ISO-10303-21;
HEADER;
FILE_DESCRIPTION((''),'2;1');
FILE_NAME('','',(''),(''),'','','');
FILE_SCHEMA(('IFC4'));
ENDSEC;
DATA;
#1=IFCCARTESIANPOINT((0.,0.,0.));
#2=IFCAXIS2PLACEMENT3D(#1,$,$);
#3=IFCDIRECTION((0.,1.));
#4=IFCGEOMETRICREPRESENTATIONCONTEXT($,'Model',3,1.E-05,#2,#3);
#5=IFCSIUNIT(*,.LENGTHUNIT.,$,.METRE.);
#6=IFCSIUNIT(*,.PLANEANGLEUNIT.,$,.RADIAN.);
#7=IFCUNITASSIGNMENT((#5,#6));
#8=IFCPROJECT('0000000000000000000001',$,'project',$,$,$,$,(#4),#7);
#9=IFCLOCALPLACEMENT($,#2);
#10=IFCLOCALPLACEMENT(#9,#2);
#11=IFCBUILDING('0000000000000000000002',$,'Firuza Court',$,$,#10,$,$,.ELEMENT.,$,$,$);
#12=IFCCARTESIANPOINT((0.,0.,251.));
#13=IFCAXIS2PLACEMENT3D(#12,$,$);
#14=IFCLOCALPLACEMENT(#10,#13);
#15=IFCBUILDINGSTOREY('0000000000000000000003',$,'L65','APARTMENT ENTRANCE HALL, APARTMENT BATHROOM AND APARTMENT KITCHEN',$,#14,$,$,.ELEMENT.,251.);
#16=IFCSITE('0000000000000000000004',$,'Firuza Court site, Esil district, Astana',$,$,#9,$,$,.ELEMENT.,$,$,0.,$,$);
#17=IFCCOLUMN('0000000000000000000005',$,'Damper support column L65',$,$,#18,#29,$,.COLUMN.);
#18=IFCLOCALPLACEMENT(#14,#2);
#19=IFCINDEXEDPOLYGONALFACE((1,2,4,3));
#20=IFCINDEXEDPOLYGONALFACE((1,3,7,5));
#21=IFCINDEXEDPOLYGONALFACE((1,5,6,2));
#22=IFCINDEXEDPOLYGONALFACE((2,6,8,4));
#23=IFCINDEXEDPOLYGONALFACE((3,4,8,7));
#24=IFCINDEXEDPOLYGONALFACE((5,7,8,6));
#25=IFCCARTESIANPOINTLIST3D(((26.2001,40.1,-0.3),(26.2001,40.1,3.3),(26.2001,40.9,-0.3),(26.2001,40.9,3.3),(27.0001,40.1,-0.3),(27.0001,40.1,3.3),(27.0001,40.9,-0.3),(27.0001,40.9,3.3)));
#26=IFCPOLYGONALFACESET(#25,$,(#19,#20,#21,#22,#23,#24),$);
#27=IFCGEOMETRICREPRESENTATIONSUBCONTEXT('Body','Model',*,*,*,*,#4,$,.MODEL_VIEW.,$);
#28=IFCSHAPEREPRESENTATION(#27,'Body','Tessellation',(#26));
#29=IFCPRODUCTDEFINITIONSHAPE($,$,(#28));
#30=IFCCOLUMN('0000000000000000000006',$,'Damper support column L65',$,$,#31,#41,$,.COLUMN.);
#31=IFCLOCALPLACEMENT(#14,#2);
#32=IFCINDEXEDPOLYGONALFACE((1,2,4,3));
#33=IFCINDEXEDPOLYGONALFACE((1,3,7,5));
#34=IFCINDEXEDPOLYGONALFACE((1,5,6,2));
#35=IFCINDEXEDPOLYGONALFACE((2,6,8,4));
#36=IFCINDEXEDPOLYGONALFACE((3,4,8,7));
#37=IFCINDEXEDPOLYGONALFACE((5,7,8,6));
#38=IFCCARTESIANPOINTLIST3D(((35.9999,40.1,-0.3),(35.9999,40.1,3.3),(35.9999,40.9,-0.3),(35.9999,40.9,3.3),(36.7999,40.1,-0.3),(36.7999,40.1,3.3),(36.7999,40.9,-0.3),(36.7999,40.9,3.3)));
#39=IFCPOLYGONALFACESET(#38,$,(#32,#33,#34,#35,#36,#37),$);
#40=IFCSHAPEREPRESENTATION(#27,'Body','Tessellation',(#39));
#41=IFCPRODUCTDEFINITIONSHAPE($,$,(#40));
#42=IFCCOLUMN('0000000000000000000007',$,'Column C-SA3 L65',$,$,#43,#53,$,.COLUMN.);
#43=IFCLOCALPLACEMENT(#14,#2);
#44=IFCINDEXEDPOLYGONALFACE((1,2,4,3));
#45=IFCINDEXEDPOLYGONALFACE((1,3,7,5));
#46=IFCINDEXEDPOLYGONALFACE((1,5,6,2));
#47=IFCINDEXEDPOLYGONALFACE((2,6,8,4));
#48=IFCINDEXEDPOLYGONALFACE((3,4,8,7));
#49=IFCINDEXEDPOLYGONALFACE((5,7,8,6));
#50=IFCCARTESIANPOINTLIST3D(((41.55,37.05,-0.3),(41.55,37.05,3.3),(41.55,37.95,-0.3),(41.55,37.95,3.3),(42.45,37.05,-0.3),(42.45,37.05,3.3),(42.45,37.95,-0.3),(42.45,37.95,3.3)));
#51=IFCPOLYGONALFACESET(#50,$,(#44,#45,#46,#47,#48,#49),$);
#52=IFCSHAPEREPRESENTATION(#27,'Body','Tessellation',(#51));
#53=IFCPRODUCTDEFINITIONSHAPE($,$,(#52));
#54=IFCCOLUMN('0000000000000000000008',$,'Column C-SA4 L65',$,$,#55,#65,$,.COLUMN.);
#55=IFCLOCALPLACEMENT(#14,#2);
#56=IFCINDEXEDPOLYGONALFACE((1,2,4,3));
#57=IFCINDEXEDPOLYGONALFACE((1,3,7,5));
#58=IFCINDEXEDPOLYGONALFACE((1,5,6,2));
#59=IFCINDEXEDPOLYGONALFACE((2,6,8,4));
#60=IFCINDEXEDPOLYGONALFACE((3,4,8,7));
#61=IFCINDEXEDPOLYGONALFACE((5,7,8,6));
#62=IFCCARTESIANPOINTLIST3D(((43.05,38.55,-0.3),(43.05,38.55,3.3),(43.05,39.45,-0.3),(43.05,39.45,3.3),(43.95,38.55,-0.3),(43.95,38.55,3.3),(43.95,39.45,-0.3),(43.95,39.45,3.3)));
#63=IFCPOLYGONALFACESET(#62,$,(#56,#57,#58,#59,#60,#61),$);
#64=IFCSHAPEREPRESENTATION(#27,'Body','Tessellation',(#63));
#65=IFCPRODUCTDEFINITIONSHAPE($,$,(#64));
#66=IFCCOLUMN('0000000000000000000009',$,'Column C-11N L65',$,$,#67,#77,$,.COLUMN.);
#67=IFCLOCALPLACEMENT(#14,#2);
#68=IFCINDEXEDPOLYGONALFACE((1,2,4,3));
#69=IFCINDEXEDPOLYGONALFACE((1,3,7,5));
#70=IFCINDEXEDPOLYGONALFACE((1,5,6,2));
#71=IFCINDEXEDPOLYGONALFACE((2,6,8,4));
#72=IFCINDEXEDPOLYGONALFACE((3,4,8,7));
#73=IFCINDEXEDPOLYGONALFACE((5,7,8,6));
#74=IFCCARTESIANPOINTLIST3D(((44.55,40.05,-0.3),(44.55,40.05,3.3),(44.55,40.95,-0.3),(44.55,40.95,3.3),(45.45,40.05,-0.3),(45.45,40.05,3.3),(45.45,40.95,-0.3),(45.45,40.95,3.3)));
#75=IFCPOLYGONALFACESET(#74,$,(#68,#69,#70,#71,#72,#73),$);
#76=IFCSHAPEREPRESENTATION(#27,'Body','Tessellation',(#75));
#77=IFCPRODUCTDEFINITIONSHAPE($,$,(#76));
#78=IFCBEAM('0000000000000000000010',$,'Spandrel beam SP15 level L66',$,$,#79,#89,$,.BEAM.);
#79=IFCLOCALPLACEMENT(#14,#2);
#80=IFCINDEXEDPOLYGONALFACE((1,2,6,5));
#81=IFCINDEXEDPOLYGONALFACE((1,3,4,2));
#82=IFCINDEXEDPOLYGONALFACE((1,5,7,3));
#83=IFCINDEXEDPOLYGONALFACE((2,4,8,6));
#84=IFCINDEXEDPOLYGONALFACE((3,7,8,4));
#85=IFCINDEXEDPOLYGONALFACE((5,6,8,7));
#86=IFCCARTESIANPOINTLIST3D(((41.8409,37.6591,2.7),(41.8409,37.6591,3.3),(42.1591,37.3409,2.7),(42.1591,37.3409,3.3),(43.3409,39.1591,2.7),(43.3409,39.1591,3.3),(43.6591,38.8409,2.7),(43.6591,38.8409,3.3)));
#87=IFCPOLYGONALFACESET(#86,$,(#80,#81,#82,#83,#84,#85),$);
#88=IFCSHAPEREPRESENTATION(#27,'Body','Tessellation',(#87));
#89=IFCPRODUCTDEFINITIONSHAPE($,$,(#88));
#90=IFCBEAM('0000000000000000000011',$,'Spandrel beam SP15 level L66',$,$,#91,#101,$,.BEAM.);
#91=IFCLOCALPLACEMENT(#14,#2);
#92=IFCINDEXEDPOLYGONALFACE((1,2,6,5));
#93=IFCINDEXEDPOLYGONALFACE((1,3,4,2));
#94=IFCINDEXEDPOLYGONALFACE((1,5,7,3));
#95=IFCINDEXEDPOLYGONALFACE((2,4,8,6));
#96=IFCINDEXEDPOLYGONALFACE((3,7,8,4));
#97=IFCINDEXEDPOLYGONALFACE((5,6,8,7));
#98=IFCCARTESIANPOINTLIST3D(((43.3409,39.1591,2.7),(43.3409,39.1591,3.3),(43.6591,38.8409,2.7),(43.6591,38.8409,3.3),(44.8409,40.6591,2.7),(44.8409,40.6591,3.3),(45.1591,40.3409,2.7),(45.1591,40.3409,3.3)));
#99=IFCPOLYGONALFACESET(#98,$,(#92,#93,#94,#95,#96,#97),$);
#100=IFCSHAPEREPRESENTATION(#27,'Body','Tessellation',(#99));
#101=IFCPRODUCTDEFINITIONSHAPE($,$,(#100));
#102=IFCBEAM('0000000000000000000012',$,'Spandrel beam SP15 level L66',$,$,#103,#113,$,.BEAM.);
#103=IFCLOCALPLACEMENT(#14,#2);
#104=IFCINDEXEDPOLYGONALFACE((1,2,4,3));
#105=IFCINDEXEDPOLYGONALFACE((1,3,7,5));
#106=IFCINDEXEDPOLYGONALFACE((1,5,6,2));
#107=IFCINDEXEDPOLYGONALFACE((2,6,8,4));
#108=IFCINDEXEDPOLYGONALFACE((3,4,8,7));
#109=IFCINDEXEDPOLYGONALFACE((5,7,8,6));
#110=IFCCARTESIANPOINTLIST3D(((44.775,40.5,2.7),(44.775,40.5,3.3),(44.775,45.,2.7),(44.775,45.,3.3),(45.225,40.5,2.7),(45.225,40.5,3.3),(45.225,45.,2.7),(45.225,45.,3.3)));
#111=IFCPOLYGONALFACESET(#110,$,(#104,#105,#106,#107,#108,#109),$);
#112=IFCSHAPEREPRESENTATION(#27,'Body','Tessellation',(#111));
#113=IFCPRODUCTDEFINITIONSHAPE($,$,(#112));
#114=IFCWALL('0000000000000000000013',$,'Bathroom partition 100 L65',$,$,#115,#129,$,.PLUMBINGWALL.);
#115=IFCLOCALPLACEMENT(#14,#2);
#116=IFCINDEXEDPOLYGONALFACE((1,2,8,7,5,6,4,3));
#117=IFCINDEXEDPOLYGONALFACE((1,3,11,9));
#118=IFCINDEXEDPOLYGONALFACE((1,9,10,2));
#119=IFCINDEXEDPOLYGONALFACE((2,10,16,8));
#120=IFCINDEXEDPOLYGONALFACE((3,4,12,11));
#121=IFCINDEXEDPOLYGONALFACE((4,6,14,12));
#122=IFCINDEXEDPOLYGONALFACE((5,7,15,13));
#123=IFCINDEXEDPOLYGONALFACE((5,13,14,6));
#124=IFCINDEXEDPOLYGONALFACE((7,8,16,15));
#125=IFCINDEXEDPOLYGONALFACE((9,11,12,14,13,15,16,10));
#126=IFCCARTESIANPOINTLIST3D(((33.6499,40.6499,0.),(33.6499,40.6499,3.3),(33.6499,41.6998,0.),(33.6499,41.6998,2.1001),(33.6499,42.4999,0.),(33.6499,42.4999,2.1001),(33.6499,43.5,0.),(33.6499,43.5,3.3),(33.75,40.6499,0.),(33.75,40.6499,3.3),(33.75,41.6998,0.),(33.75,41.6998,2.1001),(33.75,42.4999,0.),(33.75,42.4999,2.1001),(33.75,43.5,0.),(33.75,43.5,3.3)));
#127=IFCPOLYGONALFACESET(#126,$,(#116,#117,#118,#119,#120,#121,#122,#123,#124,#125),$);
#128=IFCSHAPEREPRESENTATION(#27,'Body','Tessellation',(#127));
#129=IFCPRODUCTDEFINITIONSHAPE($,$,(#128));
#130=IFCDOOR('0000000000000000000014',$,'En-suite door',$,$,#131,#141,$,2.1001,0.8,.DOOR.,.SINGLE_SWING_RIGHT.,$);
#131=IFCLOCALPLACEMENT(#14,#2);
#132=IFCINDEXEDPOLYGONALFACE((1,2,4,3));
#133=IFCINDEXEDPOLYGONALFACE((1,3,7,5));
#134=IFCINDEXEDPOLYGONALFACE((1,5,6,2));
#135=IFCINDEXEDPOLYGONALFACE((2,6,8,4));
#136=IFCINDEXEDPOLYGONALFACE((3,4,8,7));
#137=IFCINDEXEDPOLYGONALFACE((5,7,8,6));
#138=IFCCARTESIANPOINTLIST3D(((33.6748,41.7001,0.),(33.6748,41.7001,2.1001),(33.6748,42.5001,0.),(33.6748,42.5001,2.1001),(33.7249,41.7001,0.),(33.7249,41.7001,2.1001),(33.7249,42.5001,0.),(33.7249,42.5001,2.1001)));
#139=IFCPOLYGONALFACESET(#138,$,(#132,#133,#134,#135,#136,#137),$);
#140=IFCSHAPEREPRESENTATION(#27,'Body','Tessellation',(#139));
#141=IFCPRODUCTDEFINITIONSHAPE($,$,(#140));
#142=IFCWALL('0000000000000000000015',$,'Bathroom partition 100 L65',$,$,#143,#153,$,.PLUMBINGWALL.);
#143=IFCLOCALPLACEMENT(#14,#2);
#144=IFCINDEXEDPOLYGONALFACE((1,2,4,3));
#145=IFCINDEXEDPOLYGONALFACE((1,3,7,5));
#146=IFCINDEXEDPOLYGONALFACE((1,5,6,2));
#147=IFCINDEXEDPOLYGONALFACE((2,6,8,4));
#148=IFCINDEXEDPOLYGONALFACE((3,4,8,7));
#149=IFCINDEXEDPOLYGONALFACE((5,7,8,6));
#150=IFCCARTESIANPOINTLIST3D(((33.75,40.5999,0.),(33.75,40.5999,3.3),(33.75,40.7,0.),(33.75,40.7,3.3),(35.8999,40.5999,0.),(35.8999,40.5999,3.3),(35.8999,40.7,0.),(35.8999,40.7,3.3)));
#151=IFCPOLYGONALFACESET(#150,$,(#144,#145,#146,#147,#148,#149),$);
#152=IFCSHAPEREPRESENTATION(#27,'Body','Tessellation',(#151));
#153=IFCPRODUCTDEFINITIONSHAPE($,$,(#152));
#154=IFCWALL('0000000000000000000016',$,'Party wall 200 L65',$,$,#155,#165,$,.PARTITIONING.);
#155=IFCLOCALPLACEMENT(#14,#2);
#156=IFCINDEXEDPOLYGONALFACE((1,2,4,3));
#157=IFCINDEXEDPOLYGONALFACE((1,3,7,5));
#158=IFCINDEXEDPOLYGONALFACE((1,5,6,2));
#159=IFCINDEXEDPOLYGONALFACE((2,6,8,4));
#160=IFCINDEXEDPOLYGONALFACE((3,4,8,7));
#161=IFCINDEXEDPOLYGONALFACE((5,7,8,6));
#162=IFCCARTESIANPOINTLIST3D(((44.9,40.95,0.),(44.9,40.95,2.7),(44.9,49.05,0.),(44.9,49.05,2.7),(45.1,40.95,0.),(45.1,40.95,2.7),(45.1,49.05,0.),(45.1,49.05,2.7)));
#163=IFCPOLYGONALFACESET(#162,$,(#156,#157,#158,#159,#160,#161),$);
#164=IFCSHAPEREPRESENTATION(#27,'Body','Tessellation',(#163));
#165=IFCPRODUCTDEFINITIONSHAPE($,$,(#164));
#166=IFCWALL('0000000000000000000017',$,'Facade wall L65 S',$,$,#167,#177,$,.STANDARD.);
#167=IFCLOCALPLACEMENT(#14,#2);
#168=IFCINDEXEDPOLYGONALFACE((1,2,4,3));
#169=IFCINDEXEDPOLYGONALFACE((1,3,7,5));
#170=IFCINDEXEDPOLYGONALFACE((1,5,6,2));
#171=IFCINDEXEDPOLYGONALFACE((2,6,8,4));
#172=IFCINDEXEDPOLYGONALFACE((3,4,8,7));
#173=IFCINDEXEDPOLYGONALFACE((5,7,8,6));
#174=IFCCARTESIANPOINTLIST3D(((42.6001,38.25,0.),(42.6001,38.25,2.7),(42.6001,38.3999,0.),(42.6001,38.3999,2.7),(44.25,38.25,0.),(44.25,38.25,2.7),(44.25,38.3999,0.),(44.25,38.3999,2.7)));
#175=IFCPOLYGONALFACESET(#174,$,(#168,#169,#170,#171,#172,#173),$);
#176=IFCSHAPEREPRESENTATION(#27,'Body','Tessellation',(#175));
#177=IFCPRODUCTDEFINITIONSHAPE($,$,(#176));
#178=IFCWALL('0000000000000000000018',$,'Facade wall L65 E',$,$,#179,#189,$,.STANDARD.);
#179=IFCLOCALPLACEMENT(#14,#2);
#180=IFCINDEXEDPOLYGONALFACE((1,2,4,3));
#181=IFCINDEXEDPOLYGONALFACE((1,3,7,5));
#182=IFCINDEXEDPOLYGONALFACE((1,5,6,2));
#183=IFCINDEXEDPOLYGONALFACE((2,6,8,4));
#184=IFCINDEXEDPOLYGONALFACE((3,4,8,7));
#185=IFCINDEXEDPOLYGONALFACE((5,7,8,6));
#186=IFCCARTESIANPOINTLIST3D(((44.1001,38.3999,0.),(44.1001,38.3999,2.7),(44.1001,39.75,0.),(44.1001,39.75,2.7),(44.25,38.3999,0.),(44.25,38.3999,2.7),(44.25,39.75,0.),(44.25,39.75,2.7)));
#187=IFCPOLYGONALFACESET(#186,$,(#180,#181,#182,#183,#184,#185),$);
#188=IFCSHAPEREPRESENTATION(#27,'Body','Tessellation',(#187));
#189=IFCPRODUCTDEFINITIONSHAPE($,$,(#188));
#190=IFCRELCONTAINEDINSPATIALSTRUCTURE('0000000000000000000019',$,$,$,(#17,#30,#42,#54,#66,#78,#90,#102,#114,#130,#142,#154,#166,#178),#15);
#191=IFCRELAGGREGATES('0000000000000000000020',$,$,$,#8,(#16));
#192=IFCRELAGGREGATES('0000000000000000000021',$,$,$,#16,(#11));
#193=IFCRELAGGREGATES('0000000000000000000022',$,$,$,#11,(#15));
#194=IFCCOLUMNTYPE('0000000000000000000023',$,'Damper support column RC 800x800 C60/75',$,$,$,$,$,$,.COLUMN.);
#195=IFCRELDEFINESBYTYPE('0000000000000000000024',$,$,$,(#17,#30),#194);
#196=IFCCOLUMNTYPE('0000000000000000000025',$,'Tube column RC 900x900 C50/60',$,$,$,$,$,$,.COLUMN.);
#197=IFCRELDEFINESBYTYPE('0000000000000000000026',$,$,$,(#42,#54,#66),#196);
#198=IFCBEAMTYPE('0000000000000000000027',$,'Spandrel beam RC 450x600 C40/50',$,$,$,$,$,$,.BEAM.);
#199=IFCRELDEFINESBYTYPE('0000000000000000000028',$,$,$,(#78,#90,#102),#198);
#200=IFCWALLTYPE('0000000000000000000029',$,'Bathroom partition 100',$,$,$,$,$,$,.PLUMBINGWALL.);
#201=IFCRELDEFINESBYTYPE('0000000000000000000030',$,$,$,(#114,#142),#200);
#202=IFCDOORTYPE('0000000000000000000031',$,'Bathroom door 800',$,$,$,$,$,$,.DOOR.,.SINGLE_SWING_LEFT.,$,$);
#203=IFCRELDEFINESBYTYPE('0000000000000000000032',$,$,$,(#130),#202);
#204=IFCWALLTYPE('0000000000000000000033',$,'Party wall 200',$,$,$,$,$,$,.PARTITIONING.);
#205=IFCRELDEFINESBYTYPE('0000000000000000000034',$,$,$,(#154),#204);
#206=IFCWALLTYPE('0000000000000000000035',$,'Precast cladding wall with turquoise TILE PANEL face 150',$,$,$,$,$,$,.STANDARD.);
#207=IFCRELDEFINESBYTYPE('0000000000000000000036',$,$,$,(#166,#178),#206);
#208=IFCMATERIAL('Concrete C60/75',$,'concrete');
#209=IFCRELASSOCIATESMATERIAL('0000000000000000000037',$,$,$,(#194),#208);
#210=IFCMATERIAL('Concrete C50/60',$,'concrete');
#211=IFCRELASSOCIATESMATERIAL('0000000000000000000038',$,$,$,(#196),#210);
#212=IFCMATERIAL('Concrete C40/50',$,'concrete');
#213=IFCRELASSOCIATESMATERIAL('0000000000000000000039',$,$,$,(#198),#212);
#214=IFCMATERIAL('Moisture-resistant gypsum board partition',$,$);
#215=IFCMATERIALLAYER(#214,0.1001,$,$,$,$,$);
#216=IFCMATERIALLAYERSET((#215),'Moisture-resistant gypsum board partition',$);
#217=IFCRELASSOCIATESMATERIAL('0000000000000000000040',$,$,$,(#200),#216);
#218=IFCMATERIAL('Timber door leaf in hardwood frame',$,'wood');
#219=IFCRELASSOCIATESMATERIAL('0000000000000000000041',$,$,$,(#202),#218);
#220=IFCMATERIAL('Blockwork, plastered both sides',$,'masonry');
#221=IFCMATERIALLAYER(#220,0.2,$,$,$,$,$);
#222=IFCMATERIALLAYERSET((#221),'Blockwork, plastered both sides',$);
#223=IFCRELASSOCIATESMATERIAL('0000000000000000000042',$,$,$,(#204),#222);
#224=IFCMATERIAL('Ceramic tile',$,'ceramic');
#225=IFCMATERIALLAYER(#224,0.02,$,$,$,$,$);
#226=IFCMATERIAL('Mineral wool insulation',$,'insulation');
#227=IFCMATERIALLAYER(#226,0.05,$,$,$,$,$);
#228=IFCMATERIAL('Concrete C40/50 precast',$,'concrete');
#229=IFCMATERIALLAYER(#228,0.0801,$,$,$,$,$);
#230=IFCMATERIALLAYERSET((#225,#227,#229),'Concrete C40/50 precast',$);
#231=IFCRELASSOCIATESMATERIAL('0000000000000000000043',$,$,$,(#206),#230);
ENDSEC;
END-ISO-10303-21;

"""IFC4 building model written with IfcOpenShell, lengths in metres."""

from ifc_helpers import new_model, si_unit, direction, frame, frame_2d, origin, origin_2d, place, context, subcontext, project, spatial, rectangle, extrude, material, layer, layer_set, material_profile, profile_set, type_object, element, fill, save


model = new_model("IFC4")

# Units and contexts
model_context = context("Model", 3, precision=1e-05, world=origin(), true_north=direction((0.0, 1.0)))
body_context = subcontext(model_context, "Body", "Model", "MODEL_VIEW")
ifc_project = project(units=[si_unit("LENGTHUNIT", "METRE"), si_unit("PLANEANGLEUNIT", "RADIAN")], contexts=[model_context])

# Site, building, storey
site_placement = place(None, origin())
site = spatial("IfcSite", under=ifc_project, at=site_placement, Name="Firuza Court site, Esil district, Astana", CompositionType="ELEMENT", RefElevation=0.0)
building_placement = place(site_placement, origin())
building = spatial("IfcBuilding", under=site, at=building_placement, Name="Firuza Court", CompositionType="ELEMENT")
storey_placement = place(building_placement, frame((0.0, 0.0, 251.0)))
storey = spatial("IfcBuildingStorey", under=building, at=storey_placement, Name="L65", Description="APARTMENT ENTRANCE HALL, APARTMENT BATHROOM AND APARTMENT KITCHEN", CompositionType="ELEMENT", Elevation=251.0)

# Columns
ifc_material_1 = material(Name="Concrete C60/75", Category="concrete")
ifc_material_profile_1 = material_profile(ifc_material_1, rectangle(XDim=0.8, YDim=0.8, at=origin_2d()), Name="RC 800x800")
ifc_profile_set_1 = profile_set([ifc_material_profile_1], Name="Concrete C60/75")
column_type_1 = type_object("IfcColumnType", Name="Damper support column RC 800x800 C60/75", PredefinedType="COLUMN", material=ifc_profile_set_1)
for number, where, z_axis, x_axis, name in (
    (1, (26.6001, 40.5, -0.3), (0.0, 0.0, 1.0), (1.0, 0.0, 0.0), "Damper support column L65"),
    (2, (36.3999, 40.5, -0.3), (0.0, 0.0, 1.0), (1.0, 0.0, 0.0), "Damper support column L65"),
):
    element("IfcColumn", number, at=place(storey_placement, frame(where, z_axis=z_axis, x_axis=x_axis)), inside=storey, type_object=column_type_1, Name=name, PredefinedType="COLUMN", context=body_context, shape_type="SweptSolid", body=[
        extrude(rectangle(XDim=0.8, YDim=0.8, at=origin_2d()), origin(), (0.0, 0.0, 1.0), 3.6001),
    ])
ifc_material_2 = material(Name="Concrete C50/60", Category="concrete")
ifc_material_profile_2 = material_profile(ifc_material_2, rectangle(XDim=0.8999, YDim=0.8999, at=origin_2d()), Name="RC 900x900")
ifc_profile_set_2 = profile_set([ifc_material_profile_2], Name="Concrete C50/60")
column_type_2 = type_object("IfcColumnType", Name="Tube column RC 900x900 C50/60", PredefinedType="COLUMN", material=ifc_profile_set_2)
for number, where, z_axis, x_axis, name in (
    (3, (42.0, 37.5, -0.3), (0.0, 0.0, 1.0), (1.0, 0.0, 0.0), "Column C-SA3 L65"),
    (4, (43.5, 39.0, -0.3), (0.0, 0.0, 1.0), (1.0, 0.0, 0.0), "Column C-SA4 L65"),
    (5, (45.0, 40.5, -0.3), (0.0, 0.0, 1.0), (1.0, 0.0, 0.0), "Column C-11N L65"),
):
    element("IfcColumn", number, at=place(storey_placement, frame(where, z_axis=z_axis, x_axis=x_axis)), inside=storey, type_object=column_type_2, Name=name, PredefinedType="COLUMN", context=body_context, shape_type="SweptSolid", body=[
        extrude(rectangle(XDim=0.8999, YDim=0.8999, at=origin_2d()), origin(), (0.0, 0.0, 1.0), 3.6001),
    ])

# Beams
ifc_material_3 = material(Name="Concrete C40/50", Category="concrete")
ifc_material_profile_3 = material_profile(ifc_material_3, rectangle(XDim=0.45, YDim=0.6001, at=origin_2d()), Name="RC 450x600")
ifc_profile_set_3 = profile_set([ifc_material_profile_3], Name="Concrete C40/50")
beam_type = type_object("IfcBeamType", Name="Spandrel beam RC 450x600 C40/50", PredefinedType="BEAM", material=ifc_profile_set_3)
for number, where, z_axis, x_axis, name in (
    (6, (42.0, 37.5, 3.0), (0.707107, 0.707107, 0.0), (-0.707107, 0.707107, 0.0), "Spandrel beam SP15 level L66"),
    (7, (43.5, 39.0, 3.0), (0.707107, 0.707107, 0.0), (-0.707107, 0.707107, 0.0), "Spandrel beam SP15 level L66"),
):
    element("IfcBeam", number, at=place(storey_placement, frame(where, z_axis=z_axis, x_axis=x_axis)), inside=storey, type_object=beam_type, Name=name, PredefinedType="BEAM", context=body_context, shape_type="SweptSolid", body=[
        extrude(rectangle(XDim=0.45, YDim=0.6001, at=origin_2d()), origin(), (0.0, 0.0, 1.0), 2.1213),
    ])
beam_placement = place(storey_placement, frame((45.0, 40.5, 3.0), z_axis=(0.0, 1.0, 0.0), x_axis=(-1.0, 0.0, 0.0)))
element("IfcBeam", 8, at=beam_placement, inside=storey, type_object=beam_type, Name="Spandrel beam SP15 level L66", PredefinedType="BEAM", context=body_context, shape_type="SweptSolid", body=[
    extrude(rectangle(XDim=0.45, YDim=0.6001, at=origin_2d()), origin(), (0.0, 0.0, 1.0), 4.5),
])

# Wall, opening, door
ifc_material_4 = material(Name="Moisture-resistant gypsum board partition")
ifc_layer_1 = layer(ifc_material_4, 0.1001)
ifc_layer_set_1 = layer_set([ifc_layer_1], Name="Moisture-resistant gypsum board partition")
wall_type_1 = type_object("IfcWallType", Name="Bathroom partition 100", PredefinedType="PLUMBINGWALL", material=ifc_layer_set_1)
wall_1_placement = place(storey_placement, frame((33.7, 40.6499, 0.0), z_axis=(0.0, 0.0, 1.0), x_axis=(0.0, 1.0, 0.0)))
wall_1 = element("IfcWall", 9, at=wall_1_placement, inside=storey, type_object=wall_type_1, Name="Bathroom partition 100 L65", PredefinedType="PLUMBINGWALL", context=body_context, shape_type="SweptSolid", body=[
    extrude(rectangle(XDim=2.8501, YDim=0.1001, at=frame_2d((1.425, 0.0))), origin(), (0.0, 0.0, 1.0), 3.3),
])
opening_1_placement = place(wall_1_placement, frame((1.05, 0.0, 0.0)))
opening_1 = element("IfcOpeningElement", 10, at=opening_1_placement, cuts=wall_1, PredefinedType="OPENING", context=body_context, shape_type="SweptSolid", body=[
    extrude(rectangle(XDim=0.8, YDim=2.1001, at=frame_2d((0.3999, 1.05))), frame((0.0, 0.062, 0.0), z_axis=(0.0, -1.0, 0.0), x_axis=(1.0, 0.0, 0.0)), (0.0, 0.0, 1.0), 0.124),
])
ifc_material_5 = material(Name="Timber door leaf in hardwood frame", Category="wood")
door_type = type_object("IfcDoorType", Name="Bathroom door 800", OperationType="SINGLE_SWING_LEFT", PredefinedType="DOOR", material=ifc_material_5)
door_placement = place(opening_1_placement, frame((0.8, 0.0, 0.0), z_axis=(0.0, 0.0, 1.0), x_axis=(-1.0, 0.0, 0.0)))
door = element("IfcDoor", 11, at=door_placement, inside=storey, type_object=door_type, Name="En-suite door", OperationType="SINGLE_SWING_RIGHT", OverallHeight=2.1001, OverallWidth=0.8, PredefinedType="DOOR", context=body_context, shape_type="SweptSolid", body=[
    extrude(rectangle(XDim=0.8, YDim=2.1001, at=frame_2d((0.3999, 1.05))), frame((0.0, 0.0249, 0.0), z_axis=(0.0, -1.0, 0.0), x_axis=(1.0, 0.0, 0.0)), (0.0, 0.0, 1.0), 0.05),
])
fill(opening_1, door)

# Walls
wall_2_placement = place(storey_placement, frame((33.75, 40.6499, 0.0), z_axis=(0.0, 0.0, 1.0), x_axis=(1.0, 0.0, 0.0)))
element("IfcWall", 12, at=wall_2_placement, inside=storey, type_object=wall_type_1, Name="Bathroom partition 100 L65", PredefinedType="PLUMBINGWALL", context=body_context, shape_type="SweptSolid", body=[
    extrude(rectangle(XDim=2.1499, YDim=0.1001, at=frame_2d((1.075, 0.0))), origin(), (0.0, 0.0, 1.0), 3.3),
])
ifc_material_6 = material(Name="Blockwork, plastered both sides", Category="masonry")
ifc_layer_2 = layer(ifc_material_6, 0.2)
ifc_layer_set_2 = layer_set([ifc_layer_2], Name="Blockwork, plastered both sides")
wall_type_2 = type_object("IfcWallType", Name="Party wall 200", PredefinedType="PARTITIONING", material=ifc_layer_set_2)
wall_3_placement = place(storey_placement, frame((45.0, 40.95, 0.0), z_axis=(0.0, 0.0, 1.0), x_axis=(0.0, 1.0, 0.0)))
element("IfcWall", 13, at=wall_3_placement, inside=storey, type_object=wall_type_2, Name="Party wall 200 L65", PredefinedType="PARTITIONING", context=body_context, shape_type="SweptSolid", body=[
    extrude(rectangle(XDim=8.1001, YDim=0.2, at=frame_2d((4.05, 0.0))), origin(), (0.0, 0.0, 1.0), 2.7),
])
ifc_material_7 = material(Name="Ceramic tile", Category="ceramic")
ifc_layer_3 = layer(ifc_material_7, 0.02)
ifc_material_8 = material(Name="Mineral wool insulation", Category="insulation")
ifc_layer_4 = layer(ifc_material_8, 0.05)
ifc_material_9 = material(Name="Concrete C40/50 precast", Category="concrete")
ifc_layer_5 = layer(ifc_material_9, 0.0801)
ifc_layer_set_3 = layer_set([ifc_layer_3, ifc_layer_4, ifc_layer_5], Name="Concrete C40/50 precast")
wall_type_3 = type_object("IfcWallType", Name="Precast cladding wall with turquoise TILE PANEL face 150", PredefinedType="STANDARD", material=ifc_layer_set_3)
wall_4_placement = place(storey_placement, frame((42.6001, 38.325, 0.0), z_axis=(0.0, 0.0, 1.0), x_axis=(1.0, 0.0, 0.0)))
element("IfcWall", 14, at=wall_4_placement, inside=storey, type_object=wall_type_3, Name="Facade wall L65 S", PredefinedType="STANDARD", context=body_context, shape_type="SweptSolid", body=[
    extrude(rectangle(XDim=1.6499, YDim=0.1499, at=frame_2d((0.825, 0.0))), origin(), (0.0, 0.0, 1.0), 2.7),
])
wall_5_placement = place(storey_placement, frame((44.175, 38.3999, 0.0), z_axis=(0.0, 0.0, 1.0), x_axis=(0.0, 1.0, 0.0)))
element("IfcWall", 15, at=wall_5_placement, inside=storey, type_object=wall_type_3, Name="Facade wall L65 E", PredefinedType="STANDARD", context=body_context, shape_type="SweptSolid", body=[
    extrude(rectangle(XDim=1.3501, YDim=0.1499, at=frame_2d((0.675, 0.0))), origin(), (0.0, 0.0, 1.0), 2.7),
])

save(model, "model.ifc")
